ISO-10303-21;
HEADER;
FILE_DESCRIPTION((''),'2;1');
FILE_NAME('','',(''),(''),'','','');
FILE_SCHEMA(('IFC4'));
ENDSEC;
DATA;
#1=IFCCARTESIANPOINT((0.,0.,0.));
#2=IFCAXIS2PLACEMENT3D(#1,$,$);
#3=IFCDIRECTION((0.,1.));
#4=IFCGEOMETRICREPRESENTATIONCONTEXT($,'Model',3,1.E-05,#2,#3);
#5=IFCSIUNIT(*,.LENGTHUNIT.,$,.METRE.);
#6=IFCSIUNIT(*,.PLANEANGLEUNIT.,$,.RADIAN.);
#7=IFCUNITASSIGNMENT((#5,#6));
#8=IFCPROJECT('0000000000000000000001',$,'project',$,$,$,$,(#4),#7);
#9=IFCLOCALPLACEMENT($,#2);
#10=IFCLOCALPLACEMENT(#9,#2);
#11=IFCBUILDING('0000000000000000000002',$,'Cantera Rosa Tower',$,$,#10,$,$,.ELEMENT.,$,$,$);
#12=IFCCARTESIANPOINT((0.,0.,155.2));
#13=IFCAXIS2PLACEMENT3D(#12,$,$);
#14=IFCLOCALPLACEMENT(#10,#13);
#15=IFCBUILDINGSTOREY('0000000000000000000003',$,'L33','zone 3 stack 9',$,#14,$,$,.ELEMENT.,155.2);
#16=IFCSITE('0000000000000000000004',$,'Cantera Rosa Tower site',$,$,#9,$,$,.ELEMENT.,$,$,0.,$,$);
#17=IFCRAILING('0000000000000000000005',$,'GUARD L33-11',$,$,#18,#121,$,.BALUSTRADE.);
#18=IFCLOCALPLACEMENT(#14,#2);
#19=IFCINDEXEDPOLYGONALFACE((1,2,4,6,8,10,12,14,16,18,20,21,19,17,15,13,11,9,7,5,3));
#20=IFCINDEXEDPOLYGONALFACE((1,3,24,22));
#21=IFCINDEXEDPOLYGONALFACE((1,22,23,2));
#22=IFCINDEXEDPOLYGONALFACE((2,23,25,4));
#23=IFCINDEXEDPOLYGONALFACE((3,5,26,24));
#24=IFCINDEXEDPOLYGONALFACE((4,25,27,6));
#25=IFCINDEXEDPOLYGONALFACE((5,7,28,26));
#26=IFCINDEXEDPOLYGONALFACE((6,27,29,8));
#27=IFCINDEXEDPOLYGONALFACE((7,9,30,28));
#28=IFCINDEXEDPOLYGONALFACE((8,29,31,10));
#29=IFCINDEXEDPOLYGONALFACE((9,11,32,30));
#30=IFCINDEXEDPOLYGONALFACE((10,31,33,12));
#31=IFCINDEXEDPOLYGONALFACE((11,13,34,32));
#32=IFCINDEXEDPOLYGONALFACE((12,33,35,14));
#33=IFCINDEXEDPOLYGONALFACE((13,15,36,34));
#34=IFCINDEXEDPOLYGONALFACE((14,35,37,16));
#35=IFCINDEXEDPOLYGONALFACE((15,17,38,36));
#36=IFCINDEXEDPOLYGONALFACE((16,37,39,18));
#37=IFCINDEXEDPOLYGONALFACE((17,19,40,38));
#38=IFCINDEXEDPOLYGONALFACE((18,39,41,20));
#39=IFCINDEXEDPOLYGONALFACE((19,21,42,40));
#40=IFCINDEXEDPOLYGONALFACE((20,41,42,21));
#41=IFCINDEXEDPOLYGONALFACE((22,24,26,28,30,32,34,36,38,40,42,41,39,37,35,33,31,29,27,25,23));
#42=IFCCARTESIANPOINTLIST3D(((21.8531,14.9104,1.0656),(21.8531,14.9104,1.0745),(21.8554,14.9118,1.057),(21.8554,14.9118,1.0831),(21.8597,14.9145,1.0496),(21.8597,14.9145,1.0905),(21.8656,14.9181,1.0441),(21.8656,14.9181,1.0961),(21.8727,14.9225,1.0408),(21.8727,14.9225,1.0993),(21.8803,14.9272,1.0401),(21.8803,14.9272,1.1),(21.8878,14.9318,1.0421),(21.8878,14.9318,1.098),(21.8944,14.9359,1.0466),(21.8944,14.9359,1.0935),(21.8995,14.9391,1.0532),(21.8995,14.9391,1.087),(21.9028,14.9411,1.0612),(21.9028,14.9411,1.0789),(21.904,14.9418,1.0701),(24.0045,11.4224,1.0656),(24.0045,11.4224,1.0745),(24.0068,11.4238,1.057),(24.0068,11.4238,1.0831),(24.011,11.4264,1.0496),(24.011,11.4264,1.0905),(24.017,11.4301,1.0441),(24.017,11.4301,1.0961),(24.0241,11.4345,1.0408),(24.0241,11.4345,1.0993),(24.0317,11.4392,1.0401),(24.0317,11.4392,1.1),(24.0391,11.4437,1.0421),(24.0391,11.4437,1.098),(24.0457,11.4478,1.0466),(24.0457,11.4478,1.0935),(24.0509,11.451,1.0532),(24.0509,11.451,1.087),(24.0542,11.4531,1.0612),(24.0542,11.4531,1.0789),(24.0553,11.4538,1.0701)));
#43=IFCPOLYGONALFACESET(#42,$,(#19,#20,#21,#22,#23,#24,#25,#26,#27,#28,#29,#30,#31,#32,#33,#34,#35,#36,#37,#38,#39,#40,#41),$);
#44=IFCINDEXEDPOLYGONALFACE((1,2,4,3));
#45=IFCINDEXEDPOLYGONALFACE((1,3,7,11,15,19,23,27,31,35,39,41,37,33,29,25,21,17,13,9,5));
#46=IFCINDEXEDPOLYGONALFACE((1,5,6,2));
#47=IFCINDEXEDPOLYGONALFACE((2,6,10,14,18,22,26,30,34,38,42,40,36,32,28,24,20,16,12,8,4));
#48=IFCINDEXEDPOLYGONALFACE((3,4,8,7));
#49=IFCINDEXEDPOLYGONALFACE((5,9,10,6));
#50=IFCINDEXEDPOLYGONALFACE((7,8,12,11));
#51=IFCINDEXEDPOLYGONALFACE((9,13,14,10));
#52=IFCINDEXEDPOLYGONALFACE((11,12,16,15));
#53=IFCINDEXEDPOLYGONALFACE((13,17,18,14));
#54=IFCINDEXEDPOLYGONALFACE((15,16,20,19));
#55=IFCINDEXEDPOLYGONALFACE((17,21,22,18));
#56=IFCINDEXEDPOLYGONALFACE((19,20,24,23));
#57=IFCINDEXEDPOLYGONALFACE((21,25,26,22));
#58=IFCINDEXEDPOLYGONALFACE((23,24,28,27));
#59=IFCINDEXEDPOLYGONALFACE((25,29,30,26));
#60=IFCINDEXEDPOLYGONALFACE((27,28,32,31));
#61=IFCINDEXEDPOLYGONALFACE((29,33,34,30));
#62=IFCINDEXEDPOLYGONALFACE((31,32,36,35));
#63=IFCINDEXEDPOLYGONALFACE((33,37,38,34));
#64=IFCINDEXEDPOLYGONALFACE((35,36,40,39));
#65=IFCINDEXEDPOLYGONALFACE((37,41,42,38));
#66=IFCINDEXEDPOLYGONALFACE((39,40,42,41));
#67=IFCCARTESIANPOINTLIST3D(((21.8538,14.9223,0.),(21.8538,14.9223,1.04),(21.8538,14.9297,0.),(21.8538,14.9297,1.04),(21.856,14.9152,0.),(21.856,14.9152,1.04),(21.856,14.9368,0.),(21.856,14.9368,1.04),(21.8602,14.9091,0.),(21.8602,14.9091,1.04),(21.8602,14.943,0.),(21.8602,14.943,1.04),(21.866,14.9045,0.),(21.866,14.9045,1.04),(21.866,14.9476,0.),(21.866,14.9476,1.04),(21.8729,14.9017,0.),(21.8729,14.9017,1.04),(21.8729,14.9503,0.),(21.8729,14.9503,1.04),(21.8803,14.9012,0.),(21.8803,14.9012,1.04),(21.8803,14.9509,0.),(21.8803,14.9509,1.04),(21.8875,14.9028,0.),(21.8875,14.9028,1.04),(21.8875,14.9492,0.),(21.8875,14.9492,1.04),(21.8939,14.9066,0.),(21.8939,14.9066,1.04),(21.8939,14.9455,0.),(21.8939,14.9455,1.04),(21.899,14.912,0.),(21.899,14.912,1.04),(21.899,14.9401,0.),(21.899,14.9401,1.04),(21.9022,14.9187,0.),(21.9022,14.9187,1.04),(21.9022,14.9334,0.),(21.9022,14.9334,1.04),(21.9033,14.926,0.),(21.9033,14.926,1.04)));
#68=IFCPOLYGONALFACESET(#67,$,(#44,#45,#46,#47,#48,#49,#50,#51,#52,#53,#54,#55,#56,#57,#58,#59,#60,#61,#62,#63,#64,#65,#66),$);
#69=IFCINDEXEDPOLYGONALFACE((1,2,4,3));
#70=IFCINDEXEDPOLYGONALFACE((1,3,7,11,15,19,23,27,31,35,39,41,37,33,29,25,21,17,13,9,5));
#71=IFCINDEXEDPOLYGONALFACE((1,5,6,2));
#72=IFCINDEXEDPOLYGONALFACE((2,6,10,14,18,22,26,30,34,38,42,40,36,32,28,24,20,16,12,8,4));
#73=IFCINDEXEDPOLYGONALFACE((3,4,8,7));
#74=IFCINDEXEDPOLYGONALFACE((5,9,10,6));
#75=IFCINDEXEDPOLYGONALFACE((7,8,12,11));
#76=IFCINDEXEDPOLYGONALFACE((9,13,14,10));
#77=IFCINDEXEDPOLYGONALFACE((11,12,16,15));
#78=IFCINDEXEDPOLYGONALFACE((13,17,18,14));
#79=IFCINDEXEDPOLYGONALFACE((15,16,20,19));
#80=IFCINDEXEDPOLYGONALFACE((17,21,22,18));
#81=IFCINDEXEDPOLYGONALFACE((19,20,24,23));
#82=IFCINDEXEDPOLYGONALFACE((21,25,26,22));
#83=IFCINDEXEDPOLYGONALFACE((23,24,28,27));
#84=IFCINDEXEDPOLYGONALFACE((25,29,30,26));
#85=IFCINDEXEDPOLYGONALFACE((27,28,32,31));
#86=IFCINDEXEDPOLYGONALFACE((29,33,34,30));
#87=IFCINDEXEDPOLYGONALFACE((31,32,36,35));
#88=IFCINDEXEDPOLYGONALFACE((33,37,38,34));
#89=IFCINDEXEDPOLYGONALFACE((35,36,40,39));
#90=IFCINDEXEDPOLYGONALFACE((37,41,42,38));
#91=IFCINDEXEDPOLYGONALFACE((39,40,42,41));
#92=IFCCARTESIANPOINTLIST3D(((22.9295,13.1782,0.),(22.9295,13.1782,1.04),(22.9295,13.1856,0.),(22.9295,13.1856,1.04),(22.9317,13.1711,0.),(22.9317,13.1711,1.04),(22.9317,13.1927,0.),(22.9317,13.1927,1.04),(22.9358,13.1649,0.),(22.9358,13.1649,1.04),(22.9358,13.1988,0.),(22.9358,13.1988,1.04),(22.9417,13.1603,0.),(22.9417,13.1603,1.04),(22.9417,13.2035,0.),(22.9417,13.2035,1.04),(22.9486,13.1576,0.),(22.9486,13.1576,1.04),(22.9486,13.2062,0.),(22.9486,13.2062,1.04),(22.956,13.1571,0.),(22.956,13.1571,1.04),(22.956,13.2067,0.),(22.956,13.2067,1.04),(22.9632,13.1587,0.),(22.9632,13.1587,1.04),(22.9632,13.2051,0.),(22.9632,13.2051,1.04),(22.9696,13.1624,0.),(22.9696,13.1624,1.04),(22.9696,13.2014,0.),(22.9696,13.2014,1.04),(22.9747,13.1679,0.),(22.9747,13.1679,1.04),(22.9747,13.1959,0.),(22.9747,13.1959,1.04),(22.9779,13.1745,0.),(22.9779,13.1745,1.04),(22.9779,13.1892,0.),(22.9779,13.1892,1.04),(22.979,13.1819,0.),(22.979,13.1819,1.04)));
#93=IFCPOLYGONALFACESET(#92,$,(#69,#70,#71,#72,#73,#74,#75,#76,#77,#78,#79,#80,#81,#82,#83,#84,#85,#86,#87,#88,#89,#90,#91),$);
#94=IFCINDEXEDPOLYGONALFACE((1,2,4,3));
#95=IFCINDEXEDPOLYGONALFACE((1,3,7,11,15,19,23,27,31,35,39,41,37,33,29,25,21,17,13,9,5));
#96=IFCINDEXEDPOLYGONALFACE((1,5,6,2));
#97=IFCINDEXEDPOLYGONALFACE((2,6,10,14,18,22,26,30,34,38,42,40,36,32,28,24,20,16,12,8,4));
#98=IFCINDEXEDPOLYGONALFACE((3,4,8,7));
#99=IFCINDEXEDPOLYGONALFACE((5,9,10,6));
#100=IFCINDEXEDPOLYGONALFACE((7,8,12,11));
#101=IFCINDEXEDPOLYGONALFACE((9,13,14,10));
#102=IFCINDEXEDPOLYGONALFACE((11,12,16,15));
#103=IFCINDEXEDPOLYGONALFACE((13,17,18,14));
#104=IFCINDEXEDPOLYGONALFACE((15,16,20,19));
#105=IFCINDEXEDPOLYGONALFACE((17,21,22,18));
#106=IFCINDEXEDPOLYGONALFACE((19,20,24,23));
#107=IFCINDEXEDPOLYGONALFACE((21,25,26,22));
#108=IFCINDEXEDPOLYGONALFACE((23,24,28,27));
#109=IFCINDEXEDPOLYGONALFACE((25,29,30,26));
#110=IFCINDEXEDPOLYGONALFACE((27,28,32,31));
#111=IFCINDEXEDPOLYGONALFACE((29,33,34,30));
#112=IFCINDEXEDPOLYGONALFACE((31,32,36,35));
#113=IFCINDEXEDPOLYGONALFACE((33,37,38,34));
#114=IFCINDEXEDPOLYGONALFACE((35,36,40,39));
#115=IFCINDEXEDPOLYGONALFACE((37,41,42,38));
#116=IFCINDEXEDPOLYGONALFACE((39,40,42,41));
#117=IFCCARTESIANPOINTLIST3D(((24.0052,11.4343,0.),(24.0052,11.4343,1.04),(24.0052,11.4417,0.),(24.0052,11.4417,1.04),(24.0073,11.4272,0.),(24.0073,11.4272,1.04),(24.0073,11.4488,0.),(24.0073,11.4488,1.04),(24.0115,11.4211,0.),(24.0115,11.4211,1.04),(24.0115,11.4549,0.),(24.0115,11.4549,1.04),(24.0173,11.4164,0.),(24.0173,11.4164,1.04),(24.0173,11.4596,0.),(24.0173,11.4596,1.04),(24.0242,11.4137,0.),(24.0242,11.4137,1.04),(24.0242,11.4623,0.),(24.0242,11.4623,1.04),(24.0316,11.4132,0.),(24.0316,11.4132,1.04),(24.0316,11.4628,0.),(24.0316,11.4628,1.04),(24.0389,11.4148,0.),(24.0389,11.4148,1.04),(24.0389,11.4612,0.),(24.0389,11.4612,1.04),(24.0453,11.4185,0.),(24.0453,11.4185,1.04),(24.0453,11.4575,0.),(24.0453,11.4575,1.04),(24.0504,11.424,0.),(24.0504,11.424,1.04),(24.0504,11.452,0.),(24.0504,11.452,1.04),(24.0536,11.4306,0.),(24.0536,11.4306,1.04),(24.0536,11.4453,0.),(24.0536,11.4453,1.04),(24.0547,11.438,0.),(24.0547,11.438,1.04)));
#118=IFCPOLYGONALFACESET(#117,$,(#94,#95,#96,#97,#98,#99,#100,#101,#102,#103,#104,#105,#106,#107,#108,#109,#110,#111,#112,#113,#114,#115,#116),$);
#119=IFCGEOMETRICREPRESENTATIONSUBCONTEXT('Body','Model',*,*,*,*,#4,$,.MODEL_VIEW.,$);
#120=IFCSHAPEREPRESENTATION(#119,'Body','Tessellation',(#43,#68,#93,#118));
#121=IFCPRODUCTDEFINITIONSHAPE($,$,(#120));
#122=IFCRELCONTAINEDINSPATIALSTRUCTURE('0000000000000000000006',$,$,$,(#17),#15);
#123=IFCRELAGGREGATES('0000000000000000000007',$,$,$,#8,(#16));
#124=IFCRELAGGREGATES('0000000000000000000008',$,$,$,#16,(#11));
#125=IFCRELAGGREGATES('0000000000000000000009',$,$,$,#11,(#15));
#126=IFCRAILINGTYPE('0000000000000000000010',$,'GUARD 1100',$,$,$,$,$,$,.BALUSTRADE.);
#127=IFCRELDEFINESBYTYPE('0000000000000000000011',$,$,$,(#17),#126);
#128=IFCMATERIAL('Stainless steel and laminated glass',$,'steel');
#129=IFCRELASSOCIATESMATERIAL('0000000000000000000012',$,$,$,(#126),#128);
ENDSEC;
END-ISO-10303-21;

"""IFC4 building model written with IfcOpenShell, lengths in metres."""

from ifc_helpers import new_model, si_unit, direction, frame, origin, origin_2d, place, context, subcontext, project, spatial, circle, extrude, material, type_object, element, save


model = new_model("IFC4")

# Units and contexts
model_context = context("Model", 3, precision=1e-05, world=origin(), true_north=direction((0.0, 1.0)))
body_context = subcontext(model_context, "Body", "Model", "MODEL_VIEW")
ifc_project = project(units=[si_unit("LENGTHUNIT", "METRE"), si_unit("PLANEANGLEUNIT", "RADIAN")], contexts=[model_context])

# Site, building, storey
site_placement = place(None, origin())
site = spatial("IfcSite", under=ifc_project, at=site_placement, Name="Cantera Rosa Tower site", CompositionType="ELEMENT", RefElevation=0.0)
building_placement = place(site_placement, origin())
building = spatial("IfcBuilding", under=site, at=building_placement, Name="Cantera Rosa Tower", CompositionType="ELEMENT")
storey_placement = place(building_placement, frame((0.0, 0.0, 155.2)))
storey = spatial("IfcBuildingStorey", under=building, at=storey_placement, Name="L33", Description="zone 3 stack 9", CompositionType="ELEMENT", Elevation=155.2)

# Railing
ifc_material_1 = material(Name="Stainless steel and laminated glass", Category="steel")
railing_type = type_object("IfcRailingType", Name="GUARD 1100", PredefinedType="BALUSTRADE", material=ifc_material_1)
railing_1_placement = place(storey_placement, frame((21.8784, 14.926, 0.0)))
element("IfcRailing", 1, at=railing_1_placement, inside=storey, type_object=railing_type, Name="GUARD L33-11", PredefinedType="BALUSTRADE", context=body_context, shape_type="SweptSolid", body=[
    extrude(circle(Radius=0.03, at=origin_2d()), frame((0.0, 0.0, 1.0701), z_axis=(0.524961, -0.851126, 0.0), x_axis=(0.851126, 0.524961, 0.0)), (0.0, 0.0, 1.0), 4.0981),
    extrude(circle(Radius=0.0249, at=origin_2d()), origin(), (0.0, 0.0, 1.0), 1.04),
    extrude(circle(Radius=0.0249, at=origin_2d()), frame((1.0757, -1.7441, 0.0)), (0.0, 0.0, 1.0), 1.04),
    extrude(circle(Radius=0.0249, at=origin_2d()), frame((2.1514, -3.488, 0.0)), (0.0, 0.0, 1.0), 1.04),
])

save(model, "model.ifc")
